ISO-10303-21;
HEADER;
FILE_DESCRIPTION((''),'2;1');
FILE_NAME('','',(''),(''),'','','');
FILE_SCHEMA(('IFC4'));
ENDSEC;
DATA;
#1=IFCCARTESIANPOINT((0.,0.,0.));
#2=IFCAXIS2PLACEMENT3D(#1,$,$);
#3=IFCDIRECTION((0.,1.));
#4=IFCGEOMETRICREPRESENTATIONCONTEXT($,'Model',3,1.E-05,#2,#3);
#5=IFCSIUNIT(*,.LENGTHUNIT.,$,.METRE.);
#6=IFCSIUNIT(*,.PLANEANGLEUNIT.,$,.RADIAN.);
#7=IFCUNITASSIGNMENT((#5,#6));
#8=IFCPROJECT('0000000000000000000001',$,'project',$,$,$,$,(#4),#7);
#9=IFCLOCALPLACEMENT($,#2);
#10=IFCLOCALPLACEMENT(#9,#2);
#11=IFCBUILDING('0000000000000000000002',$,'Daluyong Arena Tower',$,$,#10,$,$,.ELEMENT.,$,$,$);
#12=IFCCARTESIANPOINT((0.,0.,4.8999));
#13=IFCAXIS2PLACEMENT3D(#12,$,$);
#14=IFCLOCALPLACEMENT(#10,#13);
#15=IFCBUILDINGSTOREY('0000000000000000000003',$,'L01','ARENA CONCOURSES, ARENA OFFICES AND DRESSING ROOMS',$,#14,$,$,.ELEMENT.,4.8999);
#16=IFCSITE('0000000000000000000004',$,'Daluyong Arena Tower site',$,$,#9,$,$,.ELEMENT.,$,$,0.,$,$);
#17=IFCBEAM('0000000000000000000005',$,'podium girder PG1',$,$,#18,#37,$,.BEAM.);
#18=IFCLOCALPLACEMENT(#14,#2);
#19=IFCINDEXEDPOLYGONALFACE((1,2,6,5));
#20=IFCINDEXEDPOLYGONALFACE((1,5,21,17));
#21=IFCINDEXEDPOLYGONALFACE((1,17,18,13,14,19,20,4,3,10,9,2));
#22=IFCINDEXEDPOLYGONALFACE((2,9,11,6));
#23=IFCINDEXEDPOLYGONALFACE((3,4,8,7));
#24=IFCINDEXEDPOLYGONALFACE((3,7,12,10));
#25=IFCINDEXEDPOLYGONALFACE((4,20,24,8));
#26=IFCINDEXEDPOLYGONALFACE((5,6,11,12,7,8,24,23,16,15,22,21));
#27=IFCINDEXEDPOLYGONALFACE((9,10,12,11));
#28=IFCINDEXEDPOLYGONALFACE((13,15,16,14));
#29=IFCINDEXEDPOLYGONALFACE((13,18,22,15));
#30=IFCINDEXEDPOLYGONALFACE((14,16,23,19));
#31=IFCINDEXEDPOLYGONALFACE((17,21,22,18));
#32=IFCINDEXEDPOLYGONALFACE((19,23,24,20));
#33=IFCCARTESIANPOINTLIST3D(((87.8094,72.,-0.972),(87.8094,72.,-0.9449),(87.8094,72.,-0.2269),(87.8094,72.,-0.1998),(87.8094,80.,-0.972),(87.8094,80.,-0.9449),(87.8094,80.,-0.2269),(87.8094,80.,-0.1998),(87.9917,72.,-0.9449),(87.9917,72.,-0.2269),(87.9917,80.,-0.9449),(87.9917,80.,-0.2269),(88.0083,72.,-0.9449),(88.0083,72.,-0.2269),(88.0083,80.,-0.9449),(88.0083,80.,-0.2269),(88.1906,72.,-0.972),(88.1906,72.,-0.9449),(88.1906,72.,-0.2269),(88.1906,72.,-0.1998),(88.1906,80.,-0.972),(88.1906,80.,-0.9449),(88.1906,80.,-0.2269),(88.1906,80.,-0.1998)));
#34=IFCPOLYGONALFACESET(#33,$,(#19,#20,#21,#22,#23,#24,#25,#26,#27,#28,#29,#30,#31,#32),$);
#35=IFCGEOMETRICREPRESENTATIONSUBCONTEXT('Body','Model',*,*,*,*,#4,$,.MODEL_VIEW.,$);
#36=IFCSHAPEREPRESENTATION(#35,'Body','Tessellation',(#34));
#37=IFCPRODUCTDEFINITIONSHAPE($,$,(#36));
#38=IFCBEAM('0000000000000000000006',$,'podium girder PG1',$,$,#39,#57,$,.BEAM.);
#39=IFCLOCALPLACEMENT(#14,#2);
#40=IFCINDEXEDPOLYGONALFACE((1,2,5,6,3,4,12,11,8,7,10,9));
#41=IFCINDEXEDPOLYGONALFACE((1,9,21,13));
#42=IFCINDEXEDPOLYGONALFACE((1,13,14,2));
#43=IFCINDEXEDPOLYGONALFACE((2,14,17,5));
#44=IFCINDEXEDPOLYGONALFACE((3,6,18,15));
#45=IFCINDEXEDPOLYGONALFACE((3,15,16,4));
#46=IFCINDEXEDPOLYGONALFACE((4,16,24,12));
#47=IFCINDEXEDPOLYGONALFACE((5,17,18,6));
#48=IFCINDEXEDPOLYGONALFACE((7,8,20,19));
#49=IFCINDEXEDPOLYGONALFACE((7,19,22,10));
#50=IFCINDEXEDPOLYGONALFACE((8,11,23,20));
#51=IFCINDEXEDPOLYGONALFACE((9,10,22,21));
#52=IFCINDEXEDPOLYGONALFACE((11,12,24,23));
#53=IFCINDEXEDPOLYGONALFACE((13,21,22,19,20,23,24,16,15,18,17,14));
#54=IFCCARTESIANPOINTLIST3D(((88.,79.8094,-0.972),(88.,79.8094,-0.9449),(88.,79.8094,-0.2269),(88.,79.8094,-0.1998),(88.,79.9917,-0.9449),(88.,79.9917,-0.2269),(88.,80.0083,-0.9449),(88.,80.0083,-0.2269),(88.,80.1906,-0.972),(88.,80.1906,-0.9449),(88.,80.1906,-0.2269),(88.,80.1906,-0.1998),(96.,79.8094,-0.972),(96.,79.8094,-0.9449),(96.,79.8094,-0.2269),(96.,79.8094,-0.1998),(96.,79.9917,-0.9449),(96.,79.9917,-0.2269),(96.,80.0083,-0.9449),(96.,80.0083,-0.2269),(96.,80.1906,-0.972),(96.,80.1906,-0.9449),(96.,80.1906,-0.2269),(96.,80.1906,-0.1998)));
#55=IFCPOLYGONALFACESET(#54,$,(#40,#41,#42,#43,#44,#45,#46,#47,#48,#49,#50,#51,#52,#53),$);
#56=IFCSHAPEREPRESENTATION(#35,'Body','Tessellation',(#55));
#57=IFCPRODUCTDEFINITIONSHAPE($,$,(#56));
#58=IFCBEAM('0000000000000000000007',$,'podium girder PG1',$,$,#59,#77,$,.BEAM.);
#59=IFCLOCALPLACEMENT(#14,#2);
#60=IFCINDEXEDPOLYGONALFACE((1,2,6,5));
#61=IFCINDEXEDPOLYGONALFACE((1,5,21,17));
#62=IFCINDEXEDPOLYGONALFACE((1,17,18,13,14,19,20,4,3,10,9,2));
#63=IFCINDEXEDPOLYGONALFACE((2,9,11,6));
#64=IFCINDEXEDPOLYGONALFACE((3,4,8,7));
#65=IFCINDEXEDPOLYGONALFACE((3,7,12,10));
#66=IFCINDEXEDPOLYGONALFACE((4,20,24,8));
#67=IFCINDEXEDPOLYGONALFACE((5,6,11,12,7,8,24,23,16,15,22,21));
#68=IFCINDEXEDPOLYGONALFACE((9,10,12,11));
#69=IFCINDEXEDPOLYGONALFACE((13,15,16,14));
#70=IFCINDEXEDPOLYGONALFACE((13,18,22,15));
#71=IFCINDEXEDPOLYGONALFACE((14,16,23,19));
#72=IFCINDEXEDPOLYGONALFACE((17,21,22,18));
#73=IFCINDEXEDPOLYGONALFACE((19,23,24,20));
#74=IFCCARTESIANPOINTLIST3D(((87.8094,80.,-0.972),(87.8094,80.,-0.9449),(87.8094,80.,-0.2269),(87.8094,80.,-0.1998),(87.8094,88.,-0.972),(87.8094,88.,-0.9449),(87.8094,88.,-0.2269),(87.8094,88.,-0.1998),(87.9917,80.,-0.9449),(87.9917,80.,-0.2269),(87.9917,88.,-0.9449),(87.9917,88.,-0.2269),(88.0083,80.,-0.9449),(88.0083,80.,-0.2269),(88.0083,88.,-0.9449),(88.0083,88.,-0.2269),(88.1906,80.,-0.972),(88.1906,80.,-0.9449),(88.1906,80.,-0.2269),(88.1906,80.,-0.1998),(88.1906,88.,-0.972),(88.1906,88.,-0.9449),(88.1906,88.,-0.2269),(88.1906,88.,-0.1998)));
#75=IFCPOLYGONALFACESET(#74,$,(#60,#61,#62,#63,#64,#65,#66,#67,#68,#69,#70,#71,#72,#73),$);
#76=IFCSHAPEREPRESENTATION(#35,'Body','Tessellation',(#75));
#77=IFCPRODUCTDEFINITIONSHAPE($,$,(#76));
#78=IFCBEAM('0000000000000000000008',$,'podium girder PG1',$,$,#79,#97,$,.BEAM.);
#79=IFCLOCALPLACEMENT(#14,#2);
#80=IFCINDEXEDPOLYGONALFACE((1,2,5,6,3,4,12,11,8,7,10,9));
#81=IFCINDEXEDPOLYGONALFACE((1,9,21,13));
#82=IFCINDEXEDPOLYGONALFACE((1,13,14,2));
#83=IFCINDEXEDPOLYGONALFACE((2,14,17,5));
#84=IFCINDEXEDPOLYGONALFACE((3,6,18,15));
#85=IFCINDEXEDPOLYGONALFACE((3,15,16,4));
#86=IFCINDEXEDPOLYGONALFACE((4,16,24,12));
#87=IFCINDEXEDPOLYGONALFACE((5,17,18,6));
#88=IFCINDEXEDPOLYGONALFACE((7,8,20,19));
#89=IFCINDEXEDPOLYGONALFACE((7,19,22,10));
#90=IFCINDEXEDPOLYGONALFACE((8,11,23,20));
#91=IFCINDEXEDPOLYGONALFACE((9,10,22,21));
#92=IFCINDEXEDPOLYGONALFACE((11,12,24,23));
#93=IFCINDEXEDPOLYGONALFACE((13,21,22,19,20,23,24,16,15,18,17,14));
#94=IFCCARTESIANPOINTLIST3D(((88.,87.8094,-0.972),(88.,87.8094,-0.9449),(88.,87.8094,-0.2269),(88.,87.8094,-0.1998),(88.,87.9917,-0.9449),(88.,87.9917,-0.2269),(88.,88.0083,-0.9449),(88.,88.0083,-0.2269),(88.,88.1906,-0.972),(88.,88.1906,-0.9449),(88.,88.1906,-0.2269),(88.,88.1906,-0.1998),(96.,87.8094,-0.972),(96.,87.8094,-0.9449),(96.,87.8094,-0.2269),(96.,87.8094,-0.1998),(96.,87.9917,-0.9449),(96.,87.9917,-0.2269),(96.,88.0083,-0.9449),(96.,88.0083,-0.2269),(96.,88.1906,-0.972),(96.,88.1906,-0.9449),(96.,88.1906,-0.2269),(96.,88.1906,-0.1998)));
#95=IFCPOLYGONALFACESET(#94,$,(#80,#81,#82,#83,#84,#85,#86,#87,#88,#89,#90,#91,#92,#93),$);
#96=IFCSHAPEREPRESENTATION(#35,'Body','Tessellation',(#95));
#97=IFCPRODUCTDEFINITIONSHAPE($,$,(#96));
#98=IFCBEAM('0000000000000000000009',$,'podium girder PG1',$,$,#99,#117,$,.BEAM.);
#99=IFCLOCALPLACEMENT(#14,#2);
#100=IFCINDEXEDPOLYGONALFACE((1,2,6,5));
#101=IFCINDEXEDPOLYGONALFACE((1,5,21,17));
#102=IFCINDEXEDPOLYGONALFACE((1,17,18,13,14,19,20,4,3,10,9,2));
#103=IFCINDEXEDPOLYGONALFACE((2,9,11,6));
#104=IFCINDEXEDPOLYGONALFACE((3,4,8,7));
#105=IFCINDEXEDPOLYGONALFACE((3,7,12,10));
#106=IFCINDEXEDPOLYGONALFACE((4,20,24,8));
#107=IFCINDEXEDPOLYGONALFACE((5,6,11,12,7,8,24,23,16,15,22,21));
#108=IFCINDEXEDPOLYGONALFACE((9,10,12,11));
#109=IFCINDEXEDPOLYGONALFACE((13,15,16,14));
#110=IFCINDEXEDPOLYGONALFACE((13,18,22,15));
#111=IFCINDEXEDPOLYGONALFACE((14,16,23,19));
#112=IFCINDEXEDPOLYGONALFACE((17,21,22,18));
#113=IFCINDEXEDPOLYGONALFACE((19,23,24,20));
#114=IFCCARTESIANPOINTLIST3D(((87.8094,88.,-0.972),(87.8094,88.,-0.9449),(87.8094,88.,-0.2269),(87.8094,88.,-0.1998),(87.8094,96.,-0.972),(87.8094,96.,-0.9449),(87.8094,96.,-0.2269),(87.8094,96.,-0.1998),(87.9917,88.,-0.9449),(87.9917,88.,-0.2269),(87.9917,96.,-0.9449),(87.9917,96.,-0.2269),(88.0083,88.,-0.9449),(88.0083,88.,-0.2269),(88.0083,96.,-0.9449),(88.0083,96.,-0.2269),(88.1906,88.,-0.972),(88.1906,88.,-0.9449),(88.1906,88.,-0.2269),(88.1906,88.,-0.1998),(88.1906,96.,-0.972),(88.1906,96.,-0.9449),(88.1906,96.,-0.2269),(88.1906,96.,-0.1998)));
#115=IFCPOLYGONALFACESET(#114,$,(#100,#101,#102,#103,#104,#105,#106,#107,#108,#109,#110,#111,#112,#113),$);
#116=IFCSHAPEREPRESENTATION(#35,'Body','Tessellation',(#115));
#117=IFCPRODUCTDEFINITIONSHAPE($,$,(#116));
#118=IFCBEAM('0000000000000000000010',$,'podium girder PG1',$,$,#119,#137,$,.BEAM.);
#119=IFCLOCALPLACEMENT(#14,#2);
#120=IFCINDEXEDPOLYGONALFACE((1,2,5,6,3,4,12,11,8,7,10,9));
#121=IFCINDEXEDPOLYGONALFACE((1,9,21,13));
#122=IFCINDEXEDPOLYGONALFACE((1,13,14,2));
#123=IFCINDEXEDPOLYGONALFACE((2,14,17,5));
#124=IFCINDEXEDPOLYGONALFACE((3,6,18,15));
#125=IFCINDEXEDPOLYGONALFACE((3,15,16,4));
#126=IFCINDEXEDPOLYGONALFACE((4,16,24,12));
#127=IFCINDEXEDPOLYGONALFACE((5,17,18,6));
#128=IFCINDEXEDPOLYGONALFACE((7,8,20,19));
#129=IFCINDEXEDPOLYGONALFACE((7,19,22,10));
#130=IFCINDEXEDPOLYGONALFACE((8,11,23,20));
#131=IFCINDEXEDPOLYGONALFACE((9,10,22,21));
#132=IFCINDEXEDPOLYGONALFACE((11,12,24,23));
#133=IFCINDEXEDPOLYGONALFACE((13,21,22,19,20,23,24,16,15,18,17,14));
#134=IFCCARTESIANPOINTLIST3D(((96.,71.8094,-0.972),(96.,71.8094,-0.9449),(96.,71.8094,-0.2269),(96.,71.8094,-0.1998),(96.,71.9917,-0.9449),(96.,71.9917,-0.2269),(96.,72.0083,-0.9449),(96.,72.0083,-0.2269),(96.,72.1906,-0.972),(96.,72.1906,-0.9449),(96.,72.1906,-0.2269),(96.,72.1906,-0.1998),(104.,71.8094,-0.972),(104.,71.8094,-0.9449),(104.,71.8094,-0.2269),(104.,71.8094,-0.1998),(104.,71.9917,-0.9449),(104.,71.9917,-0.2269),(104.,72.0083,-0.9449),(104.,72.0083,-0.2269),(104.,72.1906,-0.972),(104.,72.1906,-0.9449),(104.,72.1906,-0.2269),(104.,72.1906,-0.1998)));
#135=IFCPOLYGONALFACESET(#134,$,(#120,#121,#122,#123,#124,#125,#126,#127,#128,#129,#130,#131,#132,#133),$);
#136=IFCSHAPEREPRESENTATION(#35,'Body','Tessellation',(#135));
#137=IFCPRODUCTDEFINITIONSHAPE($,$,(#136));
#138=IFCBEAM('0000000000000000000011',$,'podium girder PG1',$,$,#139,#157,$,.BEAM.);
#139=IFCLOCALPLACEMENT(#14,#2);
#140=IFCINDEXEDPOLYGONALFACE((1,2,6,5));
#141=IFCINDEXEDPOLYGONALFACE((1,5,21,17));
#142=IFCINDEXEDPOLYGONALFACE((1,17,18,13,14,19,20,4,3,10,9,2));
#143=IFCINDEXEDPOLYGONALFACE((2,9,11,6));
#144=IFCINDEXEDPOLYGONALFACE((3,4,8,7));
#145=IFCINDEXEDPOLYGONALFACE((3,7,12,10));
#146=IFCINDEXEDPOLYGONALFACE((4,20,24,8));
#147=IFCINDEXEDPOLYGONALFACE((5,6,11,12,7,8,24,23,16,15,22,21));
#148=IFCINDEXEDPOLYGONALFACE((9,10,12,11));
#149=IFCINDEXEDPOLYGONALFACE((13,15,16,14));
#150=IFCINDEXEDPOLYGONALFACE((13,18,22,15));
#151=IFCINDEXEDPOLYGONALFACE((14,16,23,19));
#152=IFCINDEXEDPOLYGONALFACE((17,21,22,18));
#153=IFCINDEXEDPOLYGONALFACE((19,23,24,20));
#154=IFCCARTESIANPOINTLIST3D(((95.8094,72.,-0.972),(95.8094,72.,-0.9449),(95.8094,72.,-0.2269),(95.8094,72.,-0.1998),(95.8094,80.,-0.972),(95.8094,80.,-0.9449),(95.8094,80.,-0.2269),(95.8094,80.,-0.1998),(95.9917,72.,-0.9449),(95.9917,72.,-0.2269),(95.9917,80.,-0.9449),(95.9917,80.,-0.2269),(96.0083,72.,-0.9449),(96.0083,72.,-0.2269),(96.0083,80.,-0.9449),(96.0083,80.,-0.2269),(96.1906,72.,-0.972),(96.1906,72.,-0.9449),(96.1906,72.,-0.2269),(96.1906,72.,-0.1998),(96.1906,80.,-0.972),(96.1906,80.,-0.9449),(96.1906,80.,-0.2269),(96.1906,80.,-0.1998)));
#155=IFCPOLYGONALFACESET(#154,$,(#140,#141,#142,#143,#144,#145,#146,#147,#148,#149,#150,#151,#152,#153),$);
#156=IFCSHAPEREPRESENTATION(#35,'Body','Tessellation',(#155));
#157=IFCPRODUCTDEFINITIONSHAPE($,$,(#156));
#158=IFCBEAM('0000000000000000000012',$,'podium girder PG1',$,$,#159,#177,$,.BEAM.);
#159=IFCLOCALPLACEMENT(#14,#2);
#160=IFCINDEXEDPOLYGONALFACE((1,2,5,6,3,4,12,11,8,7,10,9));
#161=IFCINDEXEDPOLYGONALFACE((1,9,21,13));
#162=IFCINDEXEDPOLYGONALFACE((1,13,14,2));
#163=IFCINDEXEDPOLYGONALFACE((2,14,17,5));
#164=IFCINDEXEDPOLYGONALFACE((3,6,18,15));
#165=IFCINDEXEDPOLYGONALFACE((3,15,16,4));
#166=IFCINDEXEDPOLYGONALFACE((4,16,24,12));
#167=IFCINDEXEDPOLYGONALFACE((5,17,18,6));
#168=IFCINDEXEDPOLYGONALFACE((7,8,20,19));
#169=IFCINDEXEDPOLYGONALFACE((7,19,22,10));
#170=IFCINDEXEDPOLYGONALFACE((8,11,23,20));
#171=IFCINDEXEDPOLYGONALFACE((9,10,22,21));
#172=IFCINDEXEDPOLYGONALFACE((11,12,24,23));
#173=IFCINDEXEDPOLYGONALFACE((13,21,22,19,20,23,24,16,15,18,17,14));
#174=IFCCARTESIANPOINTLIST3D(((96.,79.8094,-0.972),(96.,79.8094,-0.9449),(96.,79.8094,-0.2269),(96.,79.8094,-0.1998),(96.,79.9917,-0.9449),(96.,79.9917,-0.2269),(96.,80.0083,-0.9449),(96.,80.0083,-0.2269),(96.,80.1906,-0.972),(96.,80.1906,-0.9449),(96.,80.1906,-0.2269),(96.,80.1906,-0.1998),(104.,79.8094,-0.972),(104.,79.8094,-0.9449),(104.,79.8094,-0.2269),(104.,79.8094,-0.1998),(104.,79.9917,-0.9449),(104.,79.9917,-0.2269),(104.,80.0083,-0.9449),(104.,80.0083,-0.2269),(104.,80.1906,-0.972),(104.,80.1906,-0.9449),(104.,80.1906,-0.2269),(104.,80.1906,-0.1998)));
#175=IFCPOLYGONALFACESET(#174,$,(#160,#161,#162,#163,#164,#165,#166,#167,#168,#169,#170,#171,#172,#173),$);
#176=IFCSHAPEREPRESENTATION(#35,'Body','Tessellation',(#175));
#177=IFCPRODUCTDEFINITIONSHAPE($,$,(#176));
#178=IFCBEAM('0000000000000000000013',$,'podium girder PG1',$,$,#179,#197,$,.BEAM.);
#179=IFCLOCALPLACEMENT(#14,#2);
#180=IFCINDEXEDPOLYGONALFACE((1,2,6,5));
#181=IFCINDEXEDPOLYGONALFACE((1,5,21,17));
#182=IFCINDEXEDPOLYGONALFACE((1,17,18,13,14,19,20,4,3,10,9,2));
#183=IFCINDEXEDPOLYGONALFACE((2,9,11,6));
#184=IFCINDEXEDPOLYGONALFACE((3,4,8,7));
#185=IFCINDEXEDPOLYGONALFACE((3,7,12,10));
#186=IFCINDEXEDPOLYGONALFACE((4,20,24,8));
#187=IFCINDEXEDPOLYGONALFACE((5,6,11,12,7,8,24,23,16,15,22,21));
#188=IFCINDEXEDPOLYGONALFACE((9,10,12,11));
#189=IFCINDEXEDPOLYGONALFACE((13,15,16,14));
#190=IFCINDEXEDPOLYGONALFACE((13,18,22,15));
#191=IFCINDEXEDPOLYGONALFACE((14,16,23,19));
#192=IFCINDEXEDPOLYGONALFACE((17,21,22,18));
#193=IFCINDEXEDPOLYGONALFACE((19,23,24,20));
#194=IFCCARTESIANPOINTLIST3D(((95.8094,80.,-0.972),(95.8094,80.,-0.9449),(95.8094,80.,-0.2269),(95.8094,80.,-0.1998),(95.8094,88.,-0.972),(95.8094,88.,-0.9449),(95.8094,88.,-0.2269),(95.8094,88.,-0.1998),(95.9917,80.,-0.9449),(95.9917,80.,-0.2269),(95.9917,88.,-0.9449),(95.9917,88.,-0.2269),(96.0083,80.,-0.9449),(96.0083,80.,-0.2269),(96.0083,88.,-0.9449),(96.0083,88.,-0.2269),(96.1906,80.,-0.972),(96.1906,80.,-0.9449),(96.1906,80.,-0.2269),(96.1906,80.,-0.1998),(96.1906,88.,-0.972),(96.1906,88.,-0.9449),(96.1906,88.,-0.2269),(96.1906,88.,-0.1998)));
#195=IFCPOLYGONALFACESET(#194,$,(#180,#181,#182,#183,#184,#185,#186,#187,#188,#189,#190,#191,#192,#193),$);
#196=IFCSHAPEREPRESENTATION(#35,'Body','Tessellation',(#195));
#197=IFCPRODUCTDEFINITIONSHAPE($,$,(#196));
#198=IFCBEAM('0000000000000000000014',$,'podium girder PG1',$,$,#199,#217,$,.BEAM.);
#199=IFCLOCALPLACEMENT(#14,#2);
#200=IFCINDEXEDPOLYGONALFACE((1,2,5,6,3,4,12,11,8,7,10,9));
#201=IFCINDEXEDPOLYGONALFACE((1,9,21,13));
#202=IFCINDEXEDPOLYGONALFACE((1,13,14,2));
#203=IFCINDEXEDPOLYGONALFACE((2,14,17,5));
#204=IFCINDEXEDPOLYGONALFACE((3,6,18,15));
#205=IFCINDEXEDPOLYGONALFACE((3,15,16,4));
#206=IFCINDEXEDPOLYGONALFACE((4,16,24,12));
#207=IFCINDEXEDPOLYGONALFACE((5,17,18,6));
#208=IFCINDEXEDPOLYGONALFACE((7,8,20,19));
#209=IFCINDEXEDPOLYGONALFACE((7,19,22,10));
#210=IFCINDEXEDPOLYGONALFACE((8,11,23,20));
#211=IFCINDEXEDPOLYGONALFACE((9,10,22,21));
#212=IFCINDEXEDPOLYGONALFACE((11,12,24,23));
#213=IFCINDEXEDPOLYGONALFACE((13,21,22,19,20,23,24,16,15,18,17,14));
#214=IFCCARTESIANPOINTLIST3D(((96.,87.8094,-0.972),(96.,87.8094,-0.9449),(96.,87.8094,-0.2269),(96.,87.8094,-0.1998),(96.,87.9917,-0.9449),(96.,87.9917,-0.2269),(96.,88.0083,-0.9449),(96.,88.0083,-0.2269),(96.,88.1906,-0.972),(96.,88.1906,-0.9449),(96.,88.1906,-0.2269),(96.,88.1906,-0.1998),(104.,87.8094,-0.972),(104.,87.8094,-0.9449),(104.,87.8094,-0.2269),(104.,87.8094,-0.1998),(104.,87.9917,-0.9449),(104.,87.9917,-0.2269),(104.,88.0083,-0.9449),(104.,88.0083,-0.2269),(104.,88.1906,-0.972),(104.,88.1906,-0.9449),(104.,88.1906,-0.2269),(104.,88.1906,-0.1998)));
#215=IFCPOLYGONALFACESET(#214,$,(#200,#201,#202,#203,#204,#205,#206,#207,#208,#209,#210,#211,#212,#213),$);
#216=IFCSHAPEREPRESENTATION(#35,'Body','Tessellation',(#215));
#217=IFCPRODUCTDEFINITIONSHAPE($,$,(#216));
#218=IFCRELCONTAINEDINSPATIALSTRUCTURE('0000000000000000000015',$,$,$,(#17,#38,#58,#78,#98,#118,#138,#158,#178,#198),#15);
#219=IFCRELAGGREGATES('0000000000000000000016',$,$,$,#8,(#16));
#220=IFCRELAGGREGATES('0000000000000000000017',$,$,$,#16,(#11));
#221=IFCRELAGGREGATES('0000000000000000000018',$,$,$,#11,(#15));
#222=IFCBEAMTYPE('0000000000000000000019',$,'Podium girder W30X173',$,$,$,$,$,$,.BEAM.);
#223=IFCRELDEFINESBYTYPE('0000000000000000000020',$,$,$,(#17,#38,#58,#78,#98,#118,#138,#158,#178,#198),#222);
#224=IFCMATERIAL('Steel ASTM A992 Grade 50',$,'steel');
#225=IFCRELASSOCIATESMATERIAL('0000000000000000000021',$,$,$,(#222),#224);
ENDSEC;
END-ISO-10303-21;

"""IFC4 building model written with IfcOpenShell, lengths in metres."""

from ifc_helpers import new_model, si_unit, direction, frame, origin, origin_2d, place, context, subcontext, project, spatial, i_section, extrude, material, material_profile, profile_set, type_object, element, save


model = new_model("IFC4")

# Units and contexts
model_context = context("Model", 3, precision=1e-05, world=origin(), true_north=direction((0.0, 1.0)))
body_context = subcontext(model_context, "Body", "Model", "MODEL_VIEW")
ifc_project = project(units=[si_unit("LENGTHUNIT", "METRE"), si_unit("PLANEANGLEUNIT", "RADIAN")], contexts=[model_context])

# Site, building, storey
site_placement = place(None, origin())
site = spatial("IfcSite", under=ifc_project, at=site_placement, Name="Daluyong Arena Tower site", CompositionType="ELEMENT", RefElevation=0.0)
building_placement = place(site_placement, origin())
building = spatial("IfcBuilding", under=site, at=building_placement, Name="Daluyong Arena Tower", CompositionType="ELEMENT")
storey_placement = place(building_placement, frame((0.0, 0.0, 4.8999)))
storey = spatial("IfcBuildingStorey", under=building, at=storey_placement, Name="L01", Description="ARENA CONCOURSES, ARENA OFFICES AND DRESSING ROOMS", CompositionType="ELEMENT", Elevation=4.8999)

# Beams
ifc_material_1 = material(Name="Steel ASTM A992 Grade 50", Category="steel")
ifc_material_profile_1 = material_profile(ifc_material_1, i_section(OverallWidth=0.3811, OverallDepth=0.7722, WebThickness=0.0166, FlangeThickness=0.0271, at=origin_2d()))
ifc_profile_set_1 = profile_set([ifc_material_profile_1], Name="Steel ASTM A992 Grade 50")
beam_type_1 = type_object("IfcBeamType", Name="Podium girder W30X173", PredefinedType="BEAM", material=ifc_profile_set_1)
for number, where, z_axis, x_axis, name in (
    (1, (88.0, 72.0, -0.5859), (0.0, 1.0, 0.0), (-1.0, 0.0, 0.0), "podium girder PG1"),
    (2, (88.0, 80.0, -0.5859), (1.0, 0.0, 0.0), (0.0, 1.0, 0.0), "podium girder PG1"),
    (3, (88.0, 80.0, -0.5859), (0.0, 1.0, 0.0), (-1.0, 0.0, 0.0), "podium girder PG1"),
    (4, (88.0, 88.0, -0.5859), (1.0, 0.0, 0.0), (0.0, 1.0, 0.0), "podium girder PG1"),
    (5, (88.0, 88.0, -0.5859), (0.0, 1.0, 0.0), (-1.0, 0.0, 0.0), "podium girder PG1"),
    (6, (96.0, 72.0, -0.5859), (1.0, 0.0, 0.0), (0.0, 1.0, 0.0), "podium girder PG1"),
    (7, (96.0, 72.0, -0.5859), (0.0, 1.0, 0.0), (-1.0, 0.0, 0.0), "podium girder PG1"),
    (8, (96.0, 80.0, -0.5859), (1.0, 0.0, 0.0), (0.0, 1.0, 0.0), "podium girder PG1"),
    (9, (96.0, 80.0, -0.5859), (0.0, 1.0, 0.0), (-1.0, 0.0, 0.0), "podium girder PG1"),
    (10, (96.0, 88.0, -0.5859), (1.0, 0.0, 0.0), (0.0, 1.0, 0.0), "podium girder PG1"),
):
    element("IfcBeam", number, at=place(storey_placement, frame(where, z_axis=z_axis, x_axis=x_axis)), inside=storey, type_object=beam_type_1, Name=name, PredefinedType="BEAM", context=body_context, shape_type="SweptSolid", body=[
        extrude(i_section(OverallWidth=0.3811, OverallDepth=0.7722, WebThickness=0.0166, FlangeThickness=0.0271, at=origin_2d()), origin(), (0.0, 0.0, 1.0), 8.0),
    ])

save(model, "model.ifc")
